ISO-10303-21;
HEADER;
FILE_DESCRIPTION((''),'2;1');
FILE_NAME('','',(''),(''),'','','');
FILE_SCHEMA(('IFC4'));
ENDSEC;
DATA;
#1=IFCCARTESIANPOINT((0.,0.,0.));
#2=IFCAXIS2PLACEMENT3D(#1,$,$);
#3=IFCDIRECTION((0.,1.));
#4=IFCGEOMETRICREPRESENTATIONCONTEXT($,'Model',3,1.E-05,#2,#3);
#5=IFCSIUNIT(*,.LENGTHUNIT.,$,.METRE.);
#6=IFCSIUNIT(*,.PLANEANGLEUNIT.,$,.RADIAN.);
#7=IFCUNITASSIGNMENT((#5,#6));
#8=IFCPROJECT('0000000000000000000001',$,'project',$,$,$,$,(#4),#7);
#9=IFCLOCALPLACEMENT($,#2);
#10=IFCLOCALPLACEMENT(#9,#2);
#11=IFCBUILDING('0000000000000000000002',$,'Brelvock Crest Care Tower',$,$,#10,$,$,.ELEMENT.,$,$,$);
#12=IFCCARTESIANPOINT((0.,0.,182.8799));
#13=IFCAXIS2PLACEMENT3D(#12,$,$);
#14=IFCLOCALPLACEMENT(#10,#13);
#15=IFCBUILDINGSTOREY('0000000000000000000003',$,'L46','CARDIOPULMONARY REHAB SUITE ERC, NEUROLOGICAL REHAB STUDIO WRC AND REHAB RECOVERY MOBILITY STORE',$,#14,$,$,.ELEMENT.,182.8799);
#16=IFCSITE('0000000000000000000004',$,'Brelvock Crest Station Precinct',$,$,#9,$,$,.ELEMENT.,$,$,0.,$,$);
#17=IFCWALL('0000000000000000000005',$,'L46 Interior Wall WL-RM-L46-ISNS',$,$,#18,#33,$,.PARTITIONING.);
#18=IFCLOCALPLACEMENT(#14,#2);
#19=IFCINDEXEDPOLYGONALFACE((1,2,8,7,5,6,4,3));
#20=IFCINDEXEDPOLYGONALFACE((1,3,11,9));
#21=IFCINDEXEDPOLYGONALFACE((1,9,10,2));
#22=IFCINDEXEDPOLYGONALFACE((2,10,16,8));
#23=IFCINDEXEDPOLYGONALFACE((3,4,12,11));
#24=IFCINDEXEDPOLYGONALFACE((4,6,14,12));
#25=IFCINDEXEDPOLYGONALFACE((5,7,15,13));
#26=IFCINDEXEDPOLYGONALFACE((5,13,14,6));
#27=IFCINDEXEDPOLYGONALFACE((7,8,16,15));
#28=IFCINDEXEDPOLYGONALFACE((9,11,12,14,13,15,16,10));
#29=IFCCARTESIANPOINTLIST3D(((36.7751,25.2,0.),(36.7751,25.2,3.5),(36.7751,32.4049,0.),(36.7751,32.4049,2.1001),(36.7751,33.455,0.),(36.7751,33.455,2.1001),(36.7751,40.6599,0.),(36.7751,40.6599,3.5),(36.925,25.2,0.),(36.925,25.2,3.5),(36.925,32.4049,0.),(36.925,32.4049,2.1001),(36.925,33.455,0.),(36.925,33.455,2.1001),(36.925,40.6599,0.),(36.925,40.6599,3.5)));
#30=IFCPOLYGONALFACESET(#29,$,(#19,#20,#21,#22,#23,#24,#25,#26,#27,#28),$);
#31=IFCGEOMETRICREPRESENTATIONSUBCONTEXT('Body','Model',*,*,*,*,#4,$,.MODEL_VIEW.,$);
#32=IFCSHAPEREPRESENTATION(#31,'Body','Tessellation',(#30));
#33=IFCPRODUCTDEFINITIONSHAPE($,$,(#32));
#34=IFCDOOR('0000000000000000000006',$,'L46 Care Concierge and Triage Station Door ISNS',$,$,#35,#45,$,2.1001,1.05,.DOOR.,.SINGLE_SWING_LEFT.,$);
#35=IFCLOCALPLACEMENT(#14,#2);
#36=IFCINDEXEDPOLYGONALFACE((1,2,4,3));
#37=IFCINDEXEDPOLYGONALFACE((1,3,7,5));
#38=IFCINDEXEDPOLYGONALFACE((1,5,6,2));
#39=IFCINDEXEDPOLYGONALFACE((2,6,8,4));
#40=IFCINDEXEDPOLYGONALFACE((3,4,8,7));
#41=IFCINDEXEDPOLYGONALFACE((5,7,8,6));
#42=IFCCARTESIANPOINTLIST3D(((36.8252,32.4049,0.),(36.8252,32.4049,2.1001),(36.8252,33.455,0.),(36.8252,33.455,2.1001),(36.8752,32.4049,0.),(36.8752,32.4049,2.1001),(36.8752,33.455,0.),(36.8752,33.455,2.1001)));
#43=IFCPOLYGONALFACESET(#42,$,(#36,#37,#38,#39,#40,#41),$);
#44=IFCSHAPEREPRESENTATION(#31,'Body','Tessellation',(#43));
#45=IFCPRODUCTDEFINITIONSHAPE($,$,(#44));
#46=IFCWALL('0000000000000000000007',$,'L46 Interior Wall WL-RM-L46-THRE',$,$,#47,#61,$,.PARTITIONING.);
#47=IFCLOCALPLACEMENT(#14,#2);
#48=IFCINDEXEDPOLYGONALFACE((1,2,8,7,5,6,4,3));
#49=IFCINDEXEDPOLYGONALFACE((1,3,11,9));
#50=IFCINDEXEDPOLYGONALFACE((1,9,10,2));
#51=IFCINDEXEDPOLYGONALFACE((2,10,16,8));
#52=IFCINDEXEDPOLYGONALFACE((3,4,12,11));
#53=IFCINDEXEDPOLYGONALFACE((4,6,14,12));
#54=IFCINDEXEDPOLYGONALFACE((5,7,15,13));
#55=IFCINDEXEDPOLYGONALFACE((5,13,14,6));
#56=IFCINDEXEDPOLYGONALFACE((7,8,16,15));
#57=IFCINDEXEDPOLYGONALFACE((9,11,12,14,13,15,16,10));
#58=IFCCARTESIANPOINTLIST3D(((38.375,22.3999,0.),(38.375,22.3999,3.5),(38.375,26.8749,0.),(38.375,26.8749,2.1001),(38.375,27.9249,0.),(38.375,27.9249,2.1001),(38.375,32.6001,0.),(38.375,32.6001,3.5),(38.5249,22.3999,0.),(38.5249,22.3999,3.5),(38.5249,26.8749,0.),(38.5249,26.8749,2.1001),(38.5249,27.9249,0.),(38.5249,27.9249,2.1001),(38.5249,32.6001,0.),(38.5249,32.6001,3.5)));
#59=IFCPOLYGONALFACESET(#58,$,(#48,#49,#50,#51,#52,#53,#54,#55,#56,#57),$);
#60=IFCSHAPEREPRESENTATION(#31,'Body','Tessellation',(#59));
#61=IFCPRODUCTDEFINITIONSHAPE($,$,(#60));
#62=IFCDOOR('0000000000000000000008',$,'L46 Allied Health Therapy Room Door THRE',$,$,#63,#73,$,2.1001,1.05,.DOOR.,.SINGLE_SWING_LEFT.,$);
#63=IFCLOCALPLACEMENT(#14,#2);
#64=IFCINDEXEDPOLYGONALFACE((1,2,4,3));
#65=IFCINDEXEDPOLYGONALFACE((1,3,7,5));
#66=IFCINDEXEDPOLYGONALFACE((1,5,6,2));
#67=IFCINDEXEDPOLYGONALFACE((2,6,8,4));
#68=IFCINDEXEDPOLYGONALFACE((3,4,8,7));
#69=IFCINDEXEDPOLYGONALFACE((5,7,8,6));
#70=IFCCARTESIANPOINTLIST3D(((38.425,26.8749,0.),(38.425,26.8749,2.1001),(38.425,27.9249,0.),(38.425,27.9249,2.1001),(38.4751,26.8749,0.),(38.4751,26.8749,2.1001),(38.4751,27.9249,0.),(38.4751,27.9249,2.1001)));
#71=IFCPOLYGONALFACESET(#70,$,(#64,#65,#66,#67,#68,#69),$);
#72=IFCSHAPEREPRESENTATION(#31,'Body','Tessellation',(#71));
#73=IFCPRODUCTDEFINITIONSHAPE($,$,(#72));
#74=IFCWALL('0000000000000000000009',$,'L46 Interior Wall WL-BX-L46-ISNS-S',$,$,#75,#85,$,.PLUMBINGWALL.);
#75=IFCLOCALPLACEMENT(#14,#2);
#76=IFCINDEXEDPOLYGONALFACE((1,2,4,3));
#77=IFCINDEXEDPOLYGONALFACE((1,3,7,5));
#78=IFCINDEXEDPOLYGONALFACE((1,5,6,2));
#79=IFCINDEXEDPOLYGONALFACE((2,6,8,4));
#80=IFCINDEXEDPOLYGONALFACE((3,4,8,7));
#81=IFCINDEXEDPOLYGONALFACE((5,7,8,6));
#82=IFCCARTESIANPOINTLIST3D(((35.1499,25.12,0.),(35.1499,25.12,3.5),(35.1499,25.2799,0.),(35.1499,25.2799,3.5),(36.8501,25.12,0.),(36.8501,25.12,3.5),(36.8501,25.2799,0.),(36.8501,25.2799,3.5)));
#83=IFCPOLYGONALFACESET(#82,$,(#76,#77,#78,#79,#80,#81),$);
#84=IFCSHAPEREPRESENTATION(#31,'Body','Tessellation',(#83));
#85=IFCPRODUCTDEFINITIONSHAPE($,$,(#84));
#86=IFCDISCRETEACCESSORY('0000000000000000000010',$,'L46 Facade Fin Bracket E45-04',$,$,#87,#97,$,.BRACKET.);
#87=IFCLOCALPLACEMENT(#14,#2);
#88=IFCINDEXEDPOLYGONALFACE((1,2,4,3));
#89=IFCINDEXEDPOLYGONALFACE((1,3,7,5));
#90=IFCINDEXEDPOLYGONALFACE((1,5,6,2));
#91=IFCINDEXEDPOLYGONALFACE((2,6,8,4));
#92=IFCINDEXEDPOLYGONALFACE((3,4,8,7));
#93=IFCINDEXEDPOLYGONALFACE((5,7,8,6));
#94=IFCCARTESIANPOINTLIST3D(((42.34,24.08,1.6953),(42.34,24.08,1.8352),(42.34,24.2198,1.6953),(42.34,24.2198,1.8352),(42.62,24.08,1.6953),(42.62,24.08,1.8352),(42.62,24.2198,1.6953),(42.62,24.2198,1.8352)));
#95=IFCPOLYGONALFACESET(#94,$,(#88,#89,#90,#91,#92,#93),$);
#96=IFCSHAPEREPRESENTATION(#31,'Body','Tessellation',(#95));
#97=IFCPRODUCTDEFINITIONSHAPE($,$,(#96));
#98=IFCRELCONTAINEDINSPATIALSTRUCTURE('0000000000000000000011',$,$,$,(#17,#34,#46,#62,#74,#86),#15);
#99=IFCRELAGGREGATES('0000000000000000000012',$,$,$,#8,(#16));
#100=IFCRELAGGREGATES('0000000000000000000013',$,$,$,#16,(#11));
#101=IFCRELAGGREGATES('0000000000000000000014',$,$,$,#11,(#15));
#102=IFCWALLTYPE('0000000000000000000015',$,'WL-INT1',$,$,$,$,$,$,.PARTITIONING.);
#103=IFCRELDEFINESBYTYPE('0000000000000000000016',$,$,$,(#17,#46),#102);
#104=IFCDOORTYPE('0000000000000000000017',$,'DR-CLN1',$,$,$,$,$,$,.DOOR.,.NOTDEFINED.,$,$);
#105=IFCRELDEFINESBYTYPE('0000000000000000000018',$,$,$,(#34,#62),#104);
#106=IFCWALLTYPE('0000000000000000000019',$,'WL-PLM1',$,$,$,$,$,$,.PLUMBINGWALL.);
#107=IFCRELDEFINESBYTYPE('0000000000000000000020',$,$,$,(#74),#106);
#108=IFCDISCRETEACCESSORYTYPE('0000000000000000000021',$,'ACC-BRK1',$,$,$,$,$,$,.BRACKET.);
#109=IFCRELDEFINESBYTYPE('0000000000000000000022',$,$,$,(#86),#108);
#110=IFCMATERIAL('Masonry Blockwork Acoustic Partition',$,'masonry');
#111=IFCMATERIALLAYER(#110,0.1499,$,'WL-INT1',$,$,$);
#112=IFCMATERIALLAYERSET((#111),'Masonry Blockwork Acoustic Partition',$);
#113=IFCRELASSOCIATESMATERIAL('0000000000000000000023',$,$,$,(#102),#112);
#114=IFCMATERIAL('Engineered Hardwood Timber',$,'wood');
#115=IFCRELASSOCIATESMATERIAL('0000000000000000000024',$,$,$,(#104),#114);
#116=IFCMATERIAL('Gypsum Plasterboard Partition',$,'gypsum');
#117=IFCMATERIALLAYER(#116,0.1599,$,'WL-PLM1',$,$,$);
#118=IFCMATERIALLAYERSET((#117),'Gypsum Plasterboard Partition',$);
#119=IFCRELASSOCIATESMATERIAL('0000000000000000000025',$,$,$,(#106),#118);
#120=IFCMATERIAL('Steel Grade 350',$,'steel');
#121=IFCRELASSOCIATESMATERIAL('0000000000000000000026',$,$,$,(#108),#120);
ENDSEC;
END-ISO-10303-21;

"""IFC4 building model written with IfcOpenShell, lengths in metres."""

from ifc_helpers import new_model, si_unit, direction, frame, frame_2d, origin, origin_2d, place, context, subcontext, project, spatial, rectangle, extrude, source, transform, mapped, material, layer, layer_set, type_object, element, fill, save


model = new_model("IFC4")

# Units and contexts
model_context = context("Model", 3, precision=1e-05, world=origin(), true_north=direction((0.0, 1.0)))
body_context = subcontext(model_context, "Body", "Model", "MODEL_VIEW")
ifc_project = project(units=[si_unit("LENGTHUNIT", "METRE"), si_unit("PLANEANGLEUNIT", "RADIAN")], contexts=[model_context])

# Site, building, storey
site_placement = place(None, origin())
site = spatial("IfcSite", under=ifc_project, at=site_placement, Name="Brelvock Crest Station Precinct", CompositionType="ELEMENT", RefElevation=0.0)
building_placement = place(site_placement, origin())
building = spatial("IfcBuilding", under=site, at=building_placement, Name="Brelvock Crest Care Tower", CompositionType="ELEMENT")
storey_placement = place(building_placement, frame((0.0, 0.0, 182.8799)))
storey = spatial("IfcBuildingStorey", under=building, at=storey_placement, Name="L46", Description="CARDIOPULMONARY REHAB SUITE ERC, NEUROLOGICAL REHAB STUDIO WRC AND REHAB RECOVERY MOBILITY STORE", CompositionType="ELEMENT", Elevation=182.8799)

# Shared definitions
ifc_material_1 = material(Name="Masonry Blockwork Acoustic Partition", Category="masonry")
ifc_layer_1 = layer(ifc_material_1, 0.1499, Name="WL-INT1")
ifc_layer_set_1 = layer_set([ifc_layer_1], Name="Masonry Blockwork Acoustic Partition")
wall_type_1 = type_object("IfcWallType", Name="WL-INT1", PredefinedType="PARTITIONING", material=ifc_layer_set_1)

# Walls, openings, doors
wall_1_placement = place(storey_placement, frame((36.8501, 25.2, 0.0), z_axis=(0.0, 0.0, 1.0), x_axis=(0.0, 1.0, 0.0)))
wall_1 = element("IfcWall", 1, at=wall_1_placement, inside=storey, type_object=wall_type_1, Name="L46 Interior Wall WL-RM-L46-ISNS", PredefinedType="PARTITIONING", context=body_context, shape_type="SweptSolid", body=[
    extrude(rectangle(XDim=15.46, YDim=0.1499, at=frame_2d((7.73, 0.0))), origin(), (0.0, 0.0, 1.0), 3.5),
])
opening_1_placement = place(wall_1_placement, frame((7.2051, 0.0, 0.0)))
opening_1 = element("IfcOpeningElement", 2, at=opening_1_placement, cuts=wall_1, PredefinedType="OPENING", context=body_context, shape_type="SweptSolid", body=[
    extrude(rectangle(XDim=1.05, YDim=2.1001, at=origin_2d()), frame((0.5249, 0.085, 1.05), z_axis=(0.0, -1.0, 0.0), x_axis=(1.0, 0.0, 0.0)), (0.0, 0.0, 1.0), 0.1699),
])
ifc_material_2 = material(Name="Engineered Hardwood Timber", Category="wood")
door_type = type_object("IfcDoorType", Name="DR-CLN1", OperationType="NOTDEFINED", PredefinedType="DOOR", material=ifc_material_2)
shared_shape_1 = source(origin(), body_context, "Body", "SweptSolid", [
    extrude(rectangle(XDim=1.05, YDim=2.1001, at=origin_2d()), frame((0.5249, 0.0249, 1.05), z_axis=(0.0, -1.0, 0.0), x_axis=(1.0, 0.0, 0.0)), (0.0, 0.0, 1.0), 0.05),
])
door_1_placement = place(opening_1_placement, origin())
door_1 = element("IfcDoor", 3, at=door_1_placement, inside=storey, type_object=door_type, Name="L46 Care Concierge and Triage Station Door ISNS", OperationType="SINGLE_SWING_LEFT", OverallHeight=2.1001, OverallWidth=1.05, PredefinedType="DOOR", context=body_context, shape_type="MappedRepresentation", body=[
    mapped(shared_shape_1, transform((0.0, 0.0, 0.0), x_axis=(1.0, 0.0, 0.0), y_axis=(0.0, 1.0, 0.0), z_axis=(0.0, 0.0, 1.0), scale=1.0)),
])
fill(opening_1, door_1)
wall_2_placement = place(storey_placement, frame((38.45, 22.3999, 0.0), z_axis=(0.0, 0.0, 1.0), x_axis=(0.0, 1.0, 0.0)))
wall_2 = element("IfcWall", 4, at=wall_2_placement, inside=storey, type_object=wall_type_1, Name="L46 Interior Wall WL-RM-L46-THRE", PredefinedType="PARTITIONING", context=body_context, shape_type="SweptSolid", body=[
    extrude(rectangle(XDim=10.2002, YDim=0.1499, at=frame_2d((5.1001, 0.0))), origin(), (0.0, 0.0, 1.0), 3.5),
])
opening_2_placement = place(wall_2_placement, frame((4.4751, 0.0, 0.0)))
opening_2 = element("IfcOpeningElement", 5, at=opening_2_placement, cuts=wall_2, PredefinedType="OPENING", context=body_context, shape_type="SweptSolid", body=[
    extrude(rectangle(XDim=1.05, YDim=2.1001, at=origin_2d()), frame((0.5249, 0.085, 1.05), z_axis=(0.0, -1.0, 0.0), x_axis=(1.0, 0.0, 0.0)), (0.0, 0.0, 1.0), 0.1699),
])
door_2_placement = place(opening_2_placement, origin())
door_2 = element("IfcDoor", 6, at=door_2_placement, inside=storey, type_object=door_type, Name="L46 Allied Health Therapy Room Door THRE", OperationType="SINGLE_SWING_LEFT", OverallHeight=2.1001, OverallWidth=1.05, PredefinedType="DOOR", context=body_context, shape_type="MappedRepresentation", body=[
    mapped(shared_shape_1, transform((0.0, 0.0, 0.0), x_axis=(1.0, 0.0, 0.0), y_axis=(0.0, 1.0, 0.0), z_axis=(0.0, 0.0, 1.0), scale=1.0)),
])
fill(opening_2, door_2)

# Wall
ifc_material_3 = material(Name="Gypsum Plasterboard Partition", Category="gypsum")
ifc_layer_2 = layer(ifc_material_3, 0.1599, Name="WL-PLM1")
ifc_layer_set_2 = layer_set([ifc_layer_2], Name="Gypsum Plasterboard Partition")
wall_type_2 = type_object("IfcWallType", Name="WL-PLM1", PredefinedType="PLUMBINGWALL", material=ifc_layer_set_2)
wall_3_placement = place(storey_placement, frame((35.1499, 25.2, 0.0), z_axis=(0.0, 0.0, 1.0), x_axis=(1.0, 0.0, 0.0)))
element("IfcWall", 7, at=wall_3_placement, inside=storey, type_object=wall_type_2, Name="L46 Interior Wall WL-BX-L46-ISNS-S", PredefinedType="PLUMBINGWALL", context=body_context, shape_type="SweptSolid", body=[
    extrude(rectangle(XDim=1.7002, YDim=0.1599, at=frame_2d((0.8501, 0.0))), origin(), (0.0, 0.0, 1.0), 3.5),
])

# Discrete accessory
ifc_material_4 = material(Name="Steel Grade 350", Category="steel")
discrete_accessory_type = type_object("IfcDiscreteAccessoryType", Name="ACC-BRK1", PredefinedType="BRACKET", material=ifc_material_4)
shared_shape_2 = source(origin(), body_context, "Body", "SweptSolid", [
    extrude(rectangle(XDim=0.28, YDim=0.1399, at=origin_2d()), origin(), (0.0, 0.0, 1.0), 0.1399),
])
discrete_accessory_placement = place(storey_placement, frame((42.48, 24.1499, 1.6953), z_axis=(0.0, 0.0, 1.0), x_axis=(1.0, 0.0, 0.0)))
element("IfcDiscreteAccessory", 8, at=discrete_accessory_placement, inside=storey, type_object=discrete_accessory_type, Name="L46 Facade Fin Bracket E45-04", PredefinedType="BRACKET", context=body_context, shape_type="MappedRepresentation", body=[
    mapped(shared_shape_2, transform((0.0, 0.0, 0.0), x_axis=(1.0, 0.0, 0.0), y_axis=(0.0, 1.0, 0.0), z_axis=(0.0, 0.0, 1.0), scale=1.0)),
])

save(model, "model.ifc")
